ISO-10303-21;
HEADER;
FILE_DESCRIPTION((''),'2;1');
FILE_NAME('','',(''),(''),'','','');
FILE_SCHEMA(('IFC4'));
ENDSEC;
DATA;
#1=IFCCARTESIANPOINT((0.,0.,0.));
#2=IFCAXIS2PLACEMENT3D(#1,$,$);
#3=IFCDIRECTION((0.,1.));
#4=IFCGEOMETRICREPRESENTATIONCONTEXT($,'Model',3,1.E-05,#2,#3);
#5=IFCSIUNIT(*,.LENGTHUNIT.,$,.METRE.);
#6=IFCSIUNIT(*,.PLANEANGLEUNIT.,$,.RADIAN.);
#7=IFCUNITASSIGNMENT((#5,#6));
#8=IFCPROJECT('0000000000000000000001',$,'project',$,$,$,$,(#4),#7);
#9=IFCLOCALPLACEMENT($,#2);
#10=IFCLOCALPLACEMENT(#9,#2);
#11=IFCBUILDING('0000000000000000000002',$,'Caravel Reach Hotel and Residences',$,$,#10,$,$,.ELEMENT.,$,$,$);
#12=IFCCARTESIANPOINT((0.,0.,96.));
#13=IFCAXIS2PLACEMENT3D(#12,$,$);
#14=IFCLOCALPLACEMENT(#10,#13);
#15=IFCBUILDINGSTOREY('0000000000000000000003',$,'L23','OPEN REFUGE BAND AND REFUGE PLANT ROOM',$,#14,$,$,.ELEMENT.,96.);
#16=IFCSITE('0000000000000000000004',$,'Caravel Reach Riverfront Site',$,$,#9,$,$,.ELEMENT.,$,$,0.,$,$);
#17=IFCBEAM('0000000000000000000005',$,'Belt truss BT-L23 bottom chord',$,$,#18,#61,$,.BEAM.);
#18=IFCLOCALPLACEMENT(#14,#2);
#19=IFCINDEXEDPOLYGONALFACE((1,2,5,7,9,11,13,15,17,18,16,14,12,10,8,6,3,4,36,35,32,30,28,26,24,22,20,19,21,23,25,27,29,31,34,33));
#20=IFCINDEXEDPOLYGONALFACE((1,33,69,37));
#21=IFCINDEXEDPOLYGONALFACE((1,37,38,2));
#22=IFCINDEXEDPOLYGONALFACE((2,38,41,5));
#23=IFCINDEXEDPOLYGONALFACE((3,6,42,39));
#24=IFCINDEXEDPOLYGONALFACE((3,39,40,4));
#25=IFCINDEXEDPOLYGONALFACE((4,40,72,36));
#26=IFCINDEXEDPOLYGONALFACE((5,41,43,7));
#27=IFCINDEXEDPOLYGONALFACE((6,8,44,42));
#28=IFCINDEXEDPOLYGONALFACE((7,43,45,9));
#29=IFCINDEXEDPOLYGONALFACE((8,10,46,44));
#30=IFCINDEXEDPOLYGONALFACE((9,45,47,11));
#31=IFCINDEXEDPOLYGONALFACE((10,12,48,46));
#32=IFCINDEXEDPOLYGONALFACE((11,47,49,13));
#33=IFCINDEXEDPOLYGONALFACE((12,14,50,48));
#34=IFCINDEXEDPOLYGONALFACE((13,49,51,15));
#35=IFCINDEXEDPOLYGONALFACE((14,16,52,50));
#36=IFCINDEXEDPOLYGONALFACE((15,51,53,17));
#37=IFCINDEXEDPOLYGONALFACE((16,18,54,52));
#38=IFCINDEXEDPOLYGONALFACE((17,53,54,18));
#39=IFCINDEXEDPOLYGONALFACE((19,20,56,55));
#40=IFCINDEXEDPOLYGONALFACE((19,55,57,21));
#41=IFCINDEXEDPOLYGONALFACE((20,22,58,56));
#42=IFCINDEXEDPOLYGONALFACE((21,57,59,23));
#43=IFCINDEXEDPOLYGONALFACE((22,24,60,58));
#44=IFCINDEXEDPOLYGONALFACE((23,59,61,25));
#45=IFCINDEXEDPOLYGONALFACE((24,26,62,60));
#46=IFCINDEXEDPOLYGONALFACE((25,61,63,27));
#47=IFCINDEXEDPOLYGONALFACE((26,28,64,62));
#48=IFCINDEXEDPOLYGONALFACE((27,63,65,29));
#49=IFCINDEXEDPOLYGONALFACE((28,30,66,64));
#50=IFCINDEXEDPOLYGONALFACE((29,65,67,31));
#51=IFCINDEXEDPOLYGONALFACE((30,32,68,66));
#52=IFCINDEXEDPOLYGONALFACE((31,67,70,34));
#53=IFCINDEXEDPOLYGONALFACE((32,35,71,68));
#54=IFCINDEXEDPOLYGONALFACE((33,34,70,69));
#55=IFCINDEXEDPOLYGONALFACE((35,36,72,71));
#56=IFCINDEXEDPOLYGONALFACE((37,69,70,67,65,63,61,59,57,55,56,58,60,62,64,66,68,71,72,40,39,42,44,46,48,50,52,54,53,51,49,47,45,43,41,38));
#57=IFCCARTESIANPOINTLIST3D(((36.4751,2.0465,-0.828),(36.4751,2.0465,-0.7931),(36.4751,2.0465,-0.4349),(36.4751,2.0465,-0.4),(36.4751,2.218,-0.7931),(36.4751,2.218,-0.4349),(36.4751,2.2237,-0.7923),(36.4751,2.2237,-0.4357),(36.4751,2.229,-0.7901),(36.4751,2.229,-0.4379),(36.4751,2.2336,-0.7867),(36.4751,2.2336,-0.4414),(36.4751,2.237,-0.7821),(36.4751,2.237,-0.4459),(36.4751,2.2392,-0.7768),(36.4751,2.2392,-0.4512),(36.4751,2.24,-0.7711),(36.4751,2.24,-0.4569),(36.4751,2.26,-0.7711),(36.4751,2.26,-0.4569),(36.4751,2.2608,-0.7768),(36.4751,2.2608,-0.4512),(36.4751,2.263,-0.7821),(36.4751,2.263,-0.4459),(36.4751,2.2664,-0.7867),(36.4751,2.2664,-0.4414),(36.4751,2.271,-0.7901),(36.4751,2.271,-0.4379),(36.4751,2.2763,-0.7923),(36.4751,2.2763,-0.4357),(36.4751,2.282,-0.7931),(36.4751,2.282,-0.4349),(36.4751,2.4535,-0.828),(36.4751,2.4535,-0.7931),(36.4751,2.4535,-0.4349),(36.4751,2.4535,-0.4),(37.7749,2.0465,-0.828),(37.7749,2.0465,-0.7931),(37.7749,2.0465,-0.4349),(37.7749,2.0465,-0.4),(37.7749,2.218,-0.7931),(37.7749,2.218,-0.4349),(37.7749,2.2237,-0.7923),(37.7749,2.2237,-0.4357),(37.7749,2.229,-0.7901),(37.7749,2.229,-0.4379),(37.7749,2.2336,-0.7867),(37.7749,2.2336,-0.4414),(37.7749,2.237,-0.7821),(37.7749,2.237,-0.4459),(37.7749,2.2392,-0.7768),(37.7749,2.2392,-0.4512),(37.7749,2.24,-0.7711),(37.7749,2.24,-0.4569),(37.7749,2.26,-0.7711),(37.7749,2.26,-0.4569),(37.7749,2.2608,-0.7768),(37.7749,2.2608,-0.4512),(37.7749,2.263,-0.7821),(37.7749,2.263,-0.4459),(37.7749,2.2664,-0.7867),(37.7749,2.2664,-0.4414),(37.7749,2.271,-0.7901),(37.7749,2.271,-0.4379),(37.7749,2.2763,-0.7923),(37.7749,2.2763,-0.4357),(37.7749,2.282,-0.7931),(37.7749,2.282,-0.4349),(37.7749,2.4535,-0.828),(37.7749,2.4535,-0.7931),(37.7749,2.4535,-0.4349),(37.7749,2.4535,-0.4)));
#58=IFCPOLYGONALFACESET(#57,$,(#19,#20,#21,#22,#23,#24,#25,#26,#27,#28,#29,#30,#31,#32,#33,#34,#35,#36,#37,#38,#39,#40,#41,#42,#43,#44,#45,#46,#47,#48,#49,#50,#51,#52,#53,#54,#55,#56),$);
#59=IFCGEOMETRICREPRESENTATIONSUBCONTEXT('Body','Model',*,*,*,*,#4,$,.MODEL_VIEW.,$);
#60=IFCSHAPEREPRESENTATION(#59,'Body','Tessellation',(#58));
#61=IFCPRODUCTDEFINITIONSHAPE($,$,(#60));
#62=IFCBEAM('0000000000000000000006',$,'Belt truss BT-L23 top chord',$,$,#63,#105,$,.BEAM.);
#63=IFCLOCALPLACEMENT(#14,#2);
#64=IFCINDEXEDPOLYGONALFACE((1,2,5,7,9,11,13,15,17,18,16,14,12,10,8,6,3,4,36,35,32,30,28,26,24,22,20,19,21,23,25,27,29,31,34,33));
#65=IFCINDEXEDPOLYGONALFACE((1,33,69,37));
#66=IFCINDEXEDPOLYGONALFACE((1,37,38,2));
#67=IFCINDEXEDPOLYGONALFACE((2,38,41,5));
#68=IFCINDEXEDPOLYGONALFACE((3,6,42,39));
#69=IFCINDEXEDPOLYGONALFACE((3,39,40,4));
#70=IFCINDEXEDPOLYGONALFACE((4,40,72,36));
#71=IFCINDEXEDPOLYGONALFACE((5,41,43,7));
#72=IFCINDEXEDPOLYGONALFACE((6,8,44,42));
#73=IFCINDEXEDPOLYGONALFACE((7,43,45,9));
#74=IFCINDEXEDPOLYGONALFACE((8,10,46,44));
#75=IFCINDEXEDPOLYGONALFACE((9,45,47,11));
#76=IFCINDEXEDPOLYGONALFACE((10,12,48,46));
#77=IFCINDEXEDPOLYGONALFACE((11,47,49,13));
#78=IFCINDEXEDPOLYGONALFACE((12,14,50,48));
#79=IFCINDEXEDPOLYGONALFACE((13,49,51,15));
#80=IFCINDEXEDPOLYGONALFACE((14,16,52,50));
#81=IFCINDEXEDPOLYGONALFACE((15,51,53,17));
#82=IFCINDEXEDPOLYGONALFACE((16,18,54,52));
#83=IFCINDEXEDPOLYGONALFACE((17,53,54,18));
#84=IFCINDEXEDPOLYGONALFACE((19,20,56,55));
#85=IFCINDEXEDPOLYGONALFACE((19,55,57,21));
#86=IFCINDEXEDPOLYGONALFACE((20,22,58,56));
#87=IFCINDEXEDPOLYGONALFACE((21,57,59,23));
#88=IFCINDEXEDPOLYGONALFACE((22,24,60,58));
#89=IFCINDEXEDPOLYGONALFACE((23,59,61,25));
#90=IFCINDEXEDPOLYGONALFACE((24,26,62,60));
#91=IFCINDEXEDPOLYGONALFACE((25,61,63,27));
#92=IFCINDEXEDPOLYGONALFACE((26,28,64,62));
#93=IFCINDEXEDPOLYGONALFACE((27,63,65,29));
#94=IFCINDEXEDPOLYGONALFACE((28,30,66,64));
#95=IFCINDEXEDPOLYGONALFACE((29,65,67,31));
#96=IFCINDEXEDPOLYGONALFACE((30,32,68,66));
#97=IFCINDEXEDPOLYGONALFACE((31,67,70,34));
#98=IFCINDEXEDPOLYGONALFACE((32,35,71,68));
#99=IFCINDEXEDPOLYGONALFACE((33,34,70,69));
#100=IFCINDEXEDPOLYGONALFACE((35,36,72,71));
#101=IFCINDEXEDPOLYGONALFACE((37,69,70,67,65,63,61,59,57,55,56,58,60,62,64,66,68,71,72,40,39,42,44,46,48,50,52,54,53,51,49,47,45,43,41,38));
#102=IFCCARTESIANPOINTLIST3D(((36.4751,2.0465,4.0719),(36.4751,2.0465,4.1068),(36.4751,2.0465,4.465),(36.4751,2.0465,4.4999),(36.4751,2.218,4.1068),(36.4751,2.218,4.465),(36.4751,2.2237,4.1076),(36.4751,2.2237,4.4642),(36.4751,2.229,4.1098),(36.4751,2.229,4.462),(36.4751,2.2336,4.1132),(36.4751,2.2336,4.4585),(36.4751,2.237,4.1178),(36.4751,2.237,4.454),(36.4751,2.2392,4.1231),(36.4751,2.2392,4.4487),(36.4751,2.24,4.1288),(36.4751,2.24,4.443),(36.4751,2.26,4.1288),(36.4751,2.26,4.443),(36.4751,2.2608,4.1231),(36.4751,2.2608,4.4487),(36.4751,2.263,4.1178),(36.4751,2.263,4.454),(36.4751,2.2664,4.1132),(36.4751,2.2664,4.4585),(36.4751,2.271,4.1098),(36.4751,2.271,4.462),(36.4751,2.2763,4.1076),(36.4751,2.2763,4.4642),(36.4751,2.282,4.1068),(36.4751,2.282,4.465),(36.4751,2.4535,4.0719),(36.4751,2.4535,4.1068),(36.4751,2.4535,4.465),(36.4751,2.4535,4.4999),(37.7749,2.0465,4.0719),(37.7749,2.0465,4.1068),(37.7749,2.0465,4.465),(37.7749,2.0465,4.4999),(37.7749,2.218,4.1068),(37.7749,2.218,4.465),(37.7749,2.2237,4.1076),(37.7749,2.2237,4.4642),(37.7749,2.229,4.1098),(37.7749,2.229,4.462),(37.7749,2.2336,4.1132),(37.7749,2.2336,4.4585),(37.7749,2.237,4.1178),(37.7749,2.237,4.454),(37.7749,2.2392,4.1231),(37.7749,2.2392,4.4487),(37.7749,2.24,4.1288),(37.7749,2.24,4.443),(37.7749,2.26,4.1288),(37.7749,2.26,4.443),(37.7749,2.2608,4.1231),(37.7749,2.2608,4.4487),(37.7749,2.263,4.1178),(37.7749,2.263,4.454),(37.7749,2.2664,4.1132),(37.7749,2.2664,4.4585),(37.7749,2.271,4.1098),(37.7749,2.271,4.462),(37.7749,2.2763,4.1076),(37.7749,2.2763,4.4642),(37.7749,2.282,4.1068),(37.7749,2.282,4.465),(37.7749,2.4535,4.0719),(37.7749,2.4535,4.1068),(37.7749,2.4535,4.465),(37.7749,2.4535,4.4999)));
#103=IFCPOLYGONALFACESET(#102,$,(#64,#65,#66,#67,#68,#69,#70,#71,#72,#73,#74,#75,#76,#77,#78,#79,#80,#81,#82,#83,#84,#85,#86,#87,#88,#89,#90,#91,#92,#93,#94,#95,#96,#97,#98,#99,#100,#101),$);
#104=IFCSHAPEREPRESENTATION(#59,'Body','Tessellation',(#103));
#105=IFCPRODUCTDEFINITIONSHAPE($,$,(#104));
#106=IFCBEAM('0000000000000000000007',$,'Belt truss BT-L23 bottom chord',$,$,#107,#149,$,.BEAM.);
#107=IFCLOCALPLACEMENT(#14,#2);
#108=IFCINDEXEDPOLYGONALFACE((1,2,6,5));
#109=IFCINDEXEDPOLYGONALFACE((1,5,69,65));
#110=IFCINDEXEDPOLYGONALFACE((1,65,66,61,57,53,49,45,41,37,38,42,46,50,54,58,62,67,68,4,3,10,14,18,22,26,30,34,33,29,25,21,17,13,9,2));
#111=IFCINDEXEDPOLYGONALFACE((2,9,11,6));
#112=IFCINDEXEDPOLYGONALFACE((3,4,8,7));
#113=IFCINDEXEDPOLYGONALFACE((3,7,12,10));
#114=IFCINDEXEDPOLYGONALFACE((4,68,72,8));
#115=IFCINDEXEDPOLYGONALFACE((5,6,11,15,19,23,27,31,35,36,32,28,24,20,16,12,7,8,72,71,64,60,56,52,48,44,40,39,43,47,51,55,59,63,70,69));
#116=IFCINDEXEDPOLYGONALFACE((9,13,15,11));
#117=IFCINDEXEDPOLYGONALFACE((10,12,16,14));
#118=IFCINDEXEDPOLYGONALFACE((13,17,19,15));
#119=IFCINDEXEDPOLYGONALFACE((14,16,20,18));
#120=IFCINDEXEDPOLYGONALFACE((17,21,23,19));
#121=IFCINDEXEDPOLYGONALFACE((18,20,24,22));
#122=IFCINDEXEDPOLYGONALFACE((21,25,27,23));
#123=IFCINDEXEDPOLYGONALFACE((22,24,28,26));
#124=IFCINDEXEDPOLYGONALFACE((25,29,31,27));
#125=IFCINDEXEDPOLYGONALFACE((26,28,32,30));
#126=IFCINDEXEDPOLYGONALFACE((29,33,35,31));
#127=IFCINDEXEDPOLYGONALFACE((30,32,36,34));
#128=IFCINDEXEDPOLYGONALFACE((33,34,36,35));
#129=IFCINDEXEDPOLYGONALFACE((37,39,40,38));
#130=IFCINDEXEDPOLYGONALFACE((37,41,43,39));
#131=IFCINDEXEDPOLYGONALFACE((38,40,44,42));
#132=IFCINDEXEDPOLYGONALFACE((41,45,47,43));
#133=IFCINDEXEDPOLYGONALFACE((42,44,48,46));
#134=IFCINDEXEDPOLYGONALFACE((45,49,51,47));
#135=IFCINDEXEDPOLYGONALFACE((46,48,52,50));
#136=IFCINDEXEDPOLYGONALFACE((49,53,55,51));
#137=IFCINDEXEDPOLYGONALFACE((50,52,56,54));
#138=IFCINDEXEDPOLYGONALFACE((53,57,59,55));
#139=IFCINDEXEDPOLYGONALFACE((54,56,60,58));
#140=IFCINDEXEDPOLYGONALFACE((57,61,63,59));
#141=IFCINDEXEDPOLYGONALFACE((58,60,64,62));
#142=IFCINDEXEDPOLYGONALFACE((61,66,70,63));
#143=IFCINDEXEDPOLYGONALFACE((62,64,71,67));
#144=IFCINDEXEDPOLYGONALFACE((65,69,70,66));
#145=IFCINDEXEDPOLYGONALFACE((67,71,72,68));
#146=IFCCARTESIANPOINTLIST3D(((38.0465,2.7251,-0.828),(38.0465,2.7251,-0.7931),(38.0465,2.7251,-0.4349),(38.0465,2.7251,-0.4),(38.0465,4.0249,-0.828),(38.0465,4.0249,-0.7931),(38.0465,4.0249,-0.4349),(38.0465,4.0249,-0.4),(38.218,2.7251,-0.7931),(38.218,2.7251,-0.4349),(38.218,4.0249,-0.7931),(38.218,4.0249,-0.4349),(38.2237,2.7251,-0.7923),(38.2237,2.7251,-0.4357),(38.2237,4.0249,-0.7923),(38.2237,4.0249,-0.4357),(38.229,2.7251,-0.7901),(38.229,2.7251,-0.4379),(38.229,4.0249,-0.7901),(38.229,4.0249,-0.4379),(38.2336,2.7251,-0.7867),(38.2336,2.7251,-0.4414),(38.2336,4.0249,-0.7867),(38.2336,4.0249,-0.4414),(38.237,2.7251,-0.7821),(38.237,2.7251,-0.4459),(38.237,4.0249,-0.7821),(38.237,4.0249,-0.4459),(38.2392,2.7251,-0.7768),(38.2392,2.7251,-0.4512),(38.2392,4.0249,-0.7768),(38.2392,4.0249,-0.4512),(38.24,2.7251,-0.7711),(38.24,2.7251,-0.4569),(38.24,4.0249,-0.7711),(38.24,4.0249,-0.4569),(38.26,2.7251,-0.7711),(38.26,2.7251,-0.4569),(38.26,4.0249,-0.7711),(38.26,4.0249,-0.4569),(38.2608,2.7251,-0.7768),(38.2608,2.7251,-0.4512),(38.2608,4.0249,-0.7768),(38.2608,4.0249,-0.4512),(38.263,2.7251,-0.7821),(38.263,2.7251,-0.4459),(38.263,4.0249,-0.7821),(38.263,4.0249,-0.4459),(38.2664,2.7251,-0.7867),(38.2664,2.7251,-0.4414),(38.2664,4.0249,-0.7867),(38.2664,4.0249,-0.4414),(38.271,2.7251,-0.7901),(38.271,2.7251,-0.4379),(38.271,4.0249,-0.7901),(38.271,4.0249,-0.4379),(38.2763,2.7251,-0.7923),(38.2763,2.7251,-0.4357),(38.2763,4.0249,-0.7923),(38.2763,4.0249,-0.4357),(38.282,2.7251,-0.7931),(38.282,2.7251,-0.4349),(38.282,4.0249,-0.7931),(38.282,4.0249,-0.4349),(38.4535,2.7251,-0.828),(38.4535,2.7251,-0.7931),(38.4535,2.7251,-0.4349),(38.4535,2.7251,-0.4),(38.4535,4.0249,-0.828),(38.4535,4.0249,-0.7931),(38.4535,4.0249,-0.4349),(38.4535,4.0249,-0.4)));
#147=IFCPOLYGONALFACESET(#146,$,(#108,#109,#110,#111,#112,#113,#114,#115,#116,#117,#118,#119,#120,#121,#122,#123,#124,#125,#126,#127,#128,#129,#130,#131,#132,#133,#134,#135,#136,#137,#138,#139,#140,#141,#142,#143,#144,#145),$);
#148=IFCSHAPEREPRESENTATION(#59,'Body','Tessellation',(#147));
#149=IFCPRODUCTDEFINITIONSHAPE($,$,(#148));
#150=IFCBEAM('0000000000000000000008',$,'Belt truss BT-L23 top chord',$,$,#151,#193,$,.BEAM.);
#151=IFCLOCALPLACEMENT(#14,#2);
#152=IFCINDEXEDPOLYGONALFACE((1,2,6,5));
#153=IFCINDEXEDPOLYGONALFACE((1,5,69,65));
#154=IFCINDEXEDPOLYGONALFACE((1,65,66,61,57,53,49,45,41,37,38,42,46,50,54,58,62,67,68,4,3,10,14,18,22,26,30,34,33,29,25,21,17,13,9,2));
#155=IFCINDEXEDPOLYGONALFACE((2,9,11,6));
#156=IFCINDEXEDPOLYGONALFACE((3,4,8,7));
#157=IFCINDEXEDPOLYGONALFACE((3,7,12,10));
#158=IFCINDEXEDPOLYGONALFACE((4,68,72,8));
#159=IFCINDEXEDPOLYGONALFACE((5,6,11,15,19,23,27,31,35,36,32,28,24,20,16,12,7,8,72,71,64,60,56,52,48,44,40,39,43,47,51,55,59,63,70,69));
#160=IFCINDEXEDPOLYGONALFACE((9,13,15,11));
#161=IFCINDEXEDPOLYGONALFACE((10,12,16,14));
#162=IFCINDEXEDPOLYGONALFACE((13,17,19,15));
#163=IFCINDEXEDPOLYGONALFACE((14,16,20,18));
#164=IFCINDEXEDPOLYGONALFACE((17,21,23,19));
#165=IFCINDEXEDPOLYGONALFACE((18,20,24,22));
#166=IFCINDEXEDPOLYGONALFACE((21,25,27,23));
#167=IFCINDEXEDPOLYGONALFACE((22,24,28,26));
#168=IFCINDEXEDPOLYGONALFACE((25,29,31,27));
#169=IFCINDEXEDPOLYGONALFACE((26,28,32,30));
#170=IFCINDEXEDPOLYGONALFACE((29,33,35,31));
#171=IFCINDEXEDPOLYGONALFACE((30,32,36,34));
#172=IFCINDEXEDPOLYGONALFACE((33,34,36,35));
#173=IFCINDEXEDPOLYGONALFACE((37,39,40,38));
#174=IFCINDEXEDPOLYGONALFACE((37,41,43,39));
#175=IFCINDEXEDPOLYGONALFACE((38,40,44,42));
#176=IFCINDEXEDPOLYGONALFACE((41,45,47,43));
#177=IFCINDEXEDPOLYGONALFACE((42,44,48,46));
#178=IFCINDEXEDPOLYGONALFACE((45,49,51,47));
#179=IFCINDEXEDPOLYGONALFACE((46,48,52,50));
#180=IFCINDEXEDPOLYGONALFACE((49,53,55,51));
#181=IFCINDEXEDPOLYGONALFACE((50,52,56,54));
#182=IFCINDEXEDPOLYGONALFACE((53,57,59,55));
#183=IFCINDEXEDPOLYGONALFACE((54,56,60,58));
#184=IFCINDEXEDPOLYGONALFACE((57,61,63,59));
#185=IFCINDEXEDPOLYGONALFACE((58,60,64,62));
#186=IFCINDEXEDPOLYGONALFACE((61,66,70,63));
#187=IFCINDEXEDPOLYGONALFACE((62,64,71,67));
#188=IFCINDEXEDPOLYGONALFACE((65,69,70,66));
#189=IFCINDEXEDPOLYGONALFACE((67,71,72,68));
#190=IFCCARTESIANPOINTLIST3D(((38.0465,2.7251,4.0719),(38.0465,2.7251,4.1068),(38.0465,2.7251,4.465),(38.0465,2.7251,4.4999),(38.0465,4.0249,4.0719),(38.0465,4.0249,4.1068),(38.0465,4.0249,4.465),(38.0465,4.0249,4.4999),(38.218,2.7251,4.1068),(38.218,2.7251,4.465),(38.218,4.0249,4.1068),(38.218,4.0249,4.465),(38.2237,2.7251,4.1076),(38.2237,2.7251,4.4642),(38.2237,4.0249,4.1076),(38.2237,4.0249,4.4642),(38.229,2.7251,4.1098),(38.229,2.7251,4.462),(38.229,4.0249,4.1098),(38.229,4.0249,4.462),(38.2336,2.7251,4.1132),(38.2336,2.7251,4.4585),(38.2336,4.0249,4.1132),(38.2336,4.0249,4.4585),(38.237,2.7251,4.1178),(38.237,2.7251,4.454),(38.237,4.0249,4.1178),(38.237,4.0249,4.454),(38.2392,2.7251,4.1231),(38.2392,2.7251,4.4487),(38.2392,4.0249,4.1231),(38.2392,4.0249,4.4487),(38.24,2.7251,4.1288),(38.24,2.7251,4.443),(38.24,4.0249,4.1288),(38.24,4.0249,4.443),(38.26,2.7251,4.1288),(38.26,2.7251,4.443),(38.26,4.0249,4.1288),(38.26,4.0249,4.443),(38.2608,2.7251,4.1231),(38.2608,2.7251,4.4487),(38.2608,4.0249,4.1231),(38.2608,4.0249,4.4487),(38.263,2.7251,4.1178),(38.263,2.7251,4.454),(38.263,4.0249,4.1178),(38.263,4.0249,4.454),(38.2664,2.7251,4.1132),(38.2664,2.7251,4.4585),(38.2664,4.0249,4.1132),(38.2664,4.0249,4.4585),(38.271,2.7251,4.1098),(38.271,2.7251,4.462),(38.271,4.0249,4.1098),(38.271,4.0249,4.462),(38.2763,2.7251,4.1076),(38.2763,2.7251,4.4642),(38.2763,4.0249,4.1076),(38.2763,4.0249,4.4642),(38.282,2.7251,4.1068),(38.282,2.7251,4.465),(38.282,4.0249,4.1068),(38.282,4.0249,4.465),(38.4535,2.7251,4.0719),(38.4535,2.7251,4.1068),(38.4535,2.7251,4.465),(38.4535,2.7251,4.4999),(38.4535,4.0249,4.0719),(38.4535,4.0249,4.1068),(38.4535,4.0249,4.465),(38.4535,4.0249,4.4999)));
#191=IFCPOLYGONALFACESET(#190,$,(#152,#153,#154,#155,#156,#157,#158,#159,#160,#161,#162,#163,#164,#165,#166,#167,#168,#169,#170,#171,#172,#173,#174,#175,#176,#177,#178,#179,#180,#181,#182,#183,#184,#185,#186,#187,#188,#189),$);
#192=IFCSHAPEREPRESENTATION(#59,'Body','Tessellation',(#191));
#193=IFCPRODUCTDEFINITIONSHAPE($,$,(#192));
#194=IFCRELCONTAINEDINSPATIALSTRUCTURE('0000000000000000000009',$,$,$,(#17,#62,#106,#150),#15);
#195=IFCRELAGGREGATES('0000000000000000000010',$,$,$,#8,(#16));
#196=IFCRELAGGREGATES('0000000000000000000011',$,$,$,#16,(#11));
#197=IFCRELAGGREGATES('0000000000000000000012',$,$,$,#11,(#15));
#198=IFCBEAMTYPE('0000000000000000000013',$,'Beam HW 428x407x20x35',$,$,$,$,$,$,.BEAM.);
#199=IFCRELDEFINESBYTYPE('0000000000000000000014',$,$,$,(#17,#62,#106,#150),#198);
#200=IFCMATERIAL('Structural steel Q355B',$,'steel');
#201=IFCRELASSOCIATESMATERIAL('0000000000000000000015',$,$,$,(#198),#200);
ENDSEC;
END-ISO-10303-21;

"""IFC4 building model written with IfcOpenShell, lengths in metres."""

from ifc_helpers import new_model, si_unit, direction, frame, origin, origin_2d, place, context, subcontext, project, spatial, i_section, extrude, material, material_profile, profile_set, type_object, element, save


model = new_model("IFC4")

# Units and contexts
model_context = context("Model", 3, precision=1e-05, world=origin(), true_north=direction((0.0, 1.0)))
body_context = subcontext(model_context, "Body", "Model", "MODEL_VIEW")
ifc_project = project(units=[si_unit("LENGTHUNIT", "METRE"), si_unit("PLANEANGLEUNIT", "RADIAN")], contexts=[model_context])

# Site, building, storey
site_placement = place(None, origin())
site = spatial("IfcSite", under=ifc_project, at=site_placement, Name="Caravel Reach Riverfront Site", CompositionType="ELEMENT", RefElevation=0.0)
building_placement = place(site_placement, origin())
building = spatial("IfcBuilding", under=site, at=building_placement, Name="Caravel Reach Hotel and Residences", CompositionType="ELEMENT")
storey_placement = place(building_placement, frame((0.0, 0.0, 96.0)))
storey = spatial("IfcBuildingStorey", under=building, at=storey_placement, Name="L23", Description="OPEN REFUGE BAND AND REFUGE PLANT ROOM", CompositionType="ELEMENT", Elevation=96.0)

# Beams
ifc_material_1 = material(Name="Structural steel Q355B", Category="steel")
ifc_material_profile_1 = material_profile(ifc_material_1, i_section(OverallWidth=0.407, OverallDepth=0.428, WebThickness=0.02, FlangeThickness=0.0349, FilletRadius=0.022, at=origin_2d()), Name="HW 428x407x20x35")
ifc_profile_set_1 = profile_set([ifc_material_profile_1], Name="Structural steel Q355B")
beam_type = type_object("IfcBeamType", Name="Beam HW 428x407x20x35", PredefinedType="BEAM", material=ifc_profile_set_1)
for number, where, z_axis, x_axis, name in (
    (1, (36.4751, 2.25, -0.614), (1.0, 0.0, 0.0), (0.0, 1.0, 0.0), "Belt truss BT-L23 bottom chord"),
    (2, (36.4751, 2.25, 4.2859), (1.0, 0.0, 0.0), (0.0, 1.0, 0.0), "Belt truss BT-L23 top chord"),
    (3, (38.25, 2.7251, -0.614), (0.0, 1.0, 0.0), (-1.0, 0.0, 0.0), "Belt truss BT-L23 bottom chord"),
    (4, (38.25, 2.7251, 4.2859), (0.0, 1.0, 0.0), (-1.0, 0.0, 0.0), "Belt truss BT-L23 top chord"),
):
    element("IfcBeam", number, at=place(storey_placement, frame(where, z_axis=z_axis, x_axis=x_axis)), inside=storey, type_object=beam_type, Name=name, PredefinedType="BEAM", context=body_context, shape_type="SweptSolid", body=[
        extrude(i_section(OverallWidth=0.407, OverallDepth=0.428, WebThickness=0.02, FlangeThickness=0.0349, FilletRadius=0.022, at=origin_2d()), origin(), (0.0, 0.0, 1.0), 1.2998),
    ])

save(model, "model.ifc")
